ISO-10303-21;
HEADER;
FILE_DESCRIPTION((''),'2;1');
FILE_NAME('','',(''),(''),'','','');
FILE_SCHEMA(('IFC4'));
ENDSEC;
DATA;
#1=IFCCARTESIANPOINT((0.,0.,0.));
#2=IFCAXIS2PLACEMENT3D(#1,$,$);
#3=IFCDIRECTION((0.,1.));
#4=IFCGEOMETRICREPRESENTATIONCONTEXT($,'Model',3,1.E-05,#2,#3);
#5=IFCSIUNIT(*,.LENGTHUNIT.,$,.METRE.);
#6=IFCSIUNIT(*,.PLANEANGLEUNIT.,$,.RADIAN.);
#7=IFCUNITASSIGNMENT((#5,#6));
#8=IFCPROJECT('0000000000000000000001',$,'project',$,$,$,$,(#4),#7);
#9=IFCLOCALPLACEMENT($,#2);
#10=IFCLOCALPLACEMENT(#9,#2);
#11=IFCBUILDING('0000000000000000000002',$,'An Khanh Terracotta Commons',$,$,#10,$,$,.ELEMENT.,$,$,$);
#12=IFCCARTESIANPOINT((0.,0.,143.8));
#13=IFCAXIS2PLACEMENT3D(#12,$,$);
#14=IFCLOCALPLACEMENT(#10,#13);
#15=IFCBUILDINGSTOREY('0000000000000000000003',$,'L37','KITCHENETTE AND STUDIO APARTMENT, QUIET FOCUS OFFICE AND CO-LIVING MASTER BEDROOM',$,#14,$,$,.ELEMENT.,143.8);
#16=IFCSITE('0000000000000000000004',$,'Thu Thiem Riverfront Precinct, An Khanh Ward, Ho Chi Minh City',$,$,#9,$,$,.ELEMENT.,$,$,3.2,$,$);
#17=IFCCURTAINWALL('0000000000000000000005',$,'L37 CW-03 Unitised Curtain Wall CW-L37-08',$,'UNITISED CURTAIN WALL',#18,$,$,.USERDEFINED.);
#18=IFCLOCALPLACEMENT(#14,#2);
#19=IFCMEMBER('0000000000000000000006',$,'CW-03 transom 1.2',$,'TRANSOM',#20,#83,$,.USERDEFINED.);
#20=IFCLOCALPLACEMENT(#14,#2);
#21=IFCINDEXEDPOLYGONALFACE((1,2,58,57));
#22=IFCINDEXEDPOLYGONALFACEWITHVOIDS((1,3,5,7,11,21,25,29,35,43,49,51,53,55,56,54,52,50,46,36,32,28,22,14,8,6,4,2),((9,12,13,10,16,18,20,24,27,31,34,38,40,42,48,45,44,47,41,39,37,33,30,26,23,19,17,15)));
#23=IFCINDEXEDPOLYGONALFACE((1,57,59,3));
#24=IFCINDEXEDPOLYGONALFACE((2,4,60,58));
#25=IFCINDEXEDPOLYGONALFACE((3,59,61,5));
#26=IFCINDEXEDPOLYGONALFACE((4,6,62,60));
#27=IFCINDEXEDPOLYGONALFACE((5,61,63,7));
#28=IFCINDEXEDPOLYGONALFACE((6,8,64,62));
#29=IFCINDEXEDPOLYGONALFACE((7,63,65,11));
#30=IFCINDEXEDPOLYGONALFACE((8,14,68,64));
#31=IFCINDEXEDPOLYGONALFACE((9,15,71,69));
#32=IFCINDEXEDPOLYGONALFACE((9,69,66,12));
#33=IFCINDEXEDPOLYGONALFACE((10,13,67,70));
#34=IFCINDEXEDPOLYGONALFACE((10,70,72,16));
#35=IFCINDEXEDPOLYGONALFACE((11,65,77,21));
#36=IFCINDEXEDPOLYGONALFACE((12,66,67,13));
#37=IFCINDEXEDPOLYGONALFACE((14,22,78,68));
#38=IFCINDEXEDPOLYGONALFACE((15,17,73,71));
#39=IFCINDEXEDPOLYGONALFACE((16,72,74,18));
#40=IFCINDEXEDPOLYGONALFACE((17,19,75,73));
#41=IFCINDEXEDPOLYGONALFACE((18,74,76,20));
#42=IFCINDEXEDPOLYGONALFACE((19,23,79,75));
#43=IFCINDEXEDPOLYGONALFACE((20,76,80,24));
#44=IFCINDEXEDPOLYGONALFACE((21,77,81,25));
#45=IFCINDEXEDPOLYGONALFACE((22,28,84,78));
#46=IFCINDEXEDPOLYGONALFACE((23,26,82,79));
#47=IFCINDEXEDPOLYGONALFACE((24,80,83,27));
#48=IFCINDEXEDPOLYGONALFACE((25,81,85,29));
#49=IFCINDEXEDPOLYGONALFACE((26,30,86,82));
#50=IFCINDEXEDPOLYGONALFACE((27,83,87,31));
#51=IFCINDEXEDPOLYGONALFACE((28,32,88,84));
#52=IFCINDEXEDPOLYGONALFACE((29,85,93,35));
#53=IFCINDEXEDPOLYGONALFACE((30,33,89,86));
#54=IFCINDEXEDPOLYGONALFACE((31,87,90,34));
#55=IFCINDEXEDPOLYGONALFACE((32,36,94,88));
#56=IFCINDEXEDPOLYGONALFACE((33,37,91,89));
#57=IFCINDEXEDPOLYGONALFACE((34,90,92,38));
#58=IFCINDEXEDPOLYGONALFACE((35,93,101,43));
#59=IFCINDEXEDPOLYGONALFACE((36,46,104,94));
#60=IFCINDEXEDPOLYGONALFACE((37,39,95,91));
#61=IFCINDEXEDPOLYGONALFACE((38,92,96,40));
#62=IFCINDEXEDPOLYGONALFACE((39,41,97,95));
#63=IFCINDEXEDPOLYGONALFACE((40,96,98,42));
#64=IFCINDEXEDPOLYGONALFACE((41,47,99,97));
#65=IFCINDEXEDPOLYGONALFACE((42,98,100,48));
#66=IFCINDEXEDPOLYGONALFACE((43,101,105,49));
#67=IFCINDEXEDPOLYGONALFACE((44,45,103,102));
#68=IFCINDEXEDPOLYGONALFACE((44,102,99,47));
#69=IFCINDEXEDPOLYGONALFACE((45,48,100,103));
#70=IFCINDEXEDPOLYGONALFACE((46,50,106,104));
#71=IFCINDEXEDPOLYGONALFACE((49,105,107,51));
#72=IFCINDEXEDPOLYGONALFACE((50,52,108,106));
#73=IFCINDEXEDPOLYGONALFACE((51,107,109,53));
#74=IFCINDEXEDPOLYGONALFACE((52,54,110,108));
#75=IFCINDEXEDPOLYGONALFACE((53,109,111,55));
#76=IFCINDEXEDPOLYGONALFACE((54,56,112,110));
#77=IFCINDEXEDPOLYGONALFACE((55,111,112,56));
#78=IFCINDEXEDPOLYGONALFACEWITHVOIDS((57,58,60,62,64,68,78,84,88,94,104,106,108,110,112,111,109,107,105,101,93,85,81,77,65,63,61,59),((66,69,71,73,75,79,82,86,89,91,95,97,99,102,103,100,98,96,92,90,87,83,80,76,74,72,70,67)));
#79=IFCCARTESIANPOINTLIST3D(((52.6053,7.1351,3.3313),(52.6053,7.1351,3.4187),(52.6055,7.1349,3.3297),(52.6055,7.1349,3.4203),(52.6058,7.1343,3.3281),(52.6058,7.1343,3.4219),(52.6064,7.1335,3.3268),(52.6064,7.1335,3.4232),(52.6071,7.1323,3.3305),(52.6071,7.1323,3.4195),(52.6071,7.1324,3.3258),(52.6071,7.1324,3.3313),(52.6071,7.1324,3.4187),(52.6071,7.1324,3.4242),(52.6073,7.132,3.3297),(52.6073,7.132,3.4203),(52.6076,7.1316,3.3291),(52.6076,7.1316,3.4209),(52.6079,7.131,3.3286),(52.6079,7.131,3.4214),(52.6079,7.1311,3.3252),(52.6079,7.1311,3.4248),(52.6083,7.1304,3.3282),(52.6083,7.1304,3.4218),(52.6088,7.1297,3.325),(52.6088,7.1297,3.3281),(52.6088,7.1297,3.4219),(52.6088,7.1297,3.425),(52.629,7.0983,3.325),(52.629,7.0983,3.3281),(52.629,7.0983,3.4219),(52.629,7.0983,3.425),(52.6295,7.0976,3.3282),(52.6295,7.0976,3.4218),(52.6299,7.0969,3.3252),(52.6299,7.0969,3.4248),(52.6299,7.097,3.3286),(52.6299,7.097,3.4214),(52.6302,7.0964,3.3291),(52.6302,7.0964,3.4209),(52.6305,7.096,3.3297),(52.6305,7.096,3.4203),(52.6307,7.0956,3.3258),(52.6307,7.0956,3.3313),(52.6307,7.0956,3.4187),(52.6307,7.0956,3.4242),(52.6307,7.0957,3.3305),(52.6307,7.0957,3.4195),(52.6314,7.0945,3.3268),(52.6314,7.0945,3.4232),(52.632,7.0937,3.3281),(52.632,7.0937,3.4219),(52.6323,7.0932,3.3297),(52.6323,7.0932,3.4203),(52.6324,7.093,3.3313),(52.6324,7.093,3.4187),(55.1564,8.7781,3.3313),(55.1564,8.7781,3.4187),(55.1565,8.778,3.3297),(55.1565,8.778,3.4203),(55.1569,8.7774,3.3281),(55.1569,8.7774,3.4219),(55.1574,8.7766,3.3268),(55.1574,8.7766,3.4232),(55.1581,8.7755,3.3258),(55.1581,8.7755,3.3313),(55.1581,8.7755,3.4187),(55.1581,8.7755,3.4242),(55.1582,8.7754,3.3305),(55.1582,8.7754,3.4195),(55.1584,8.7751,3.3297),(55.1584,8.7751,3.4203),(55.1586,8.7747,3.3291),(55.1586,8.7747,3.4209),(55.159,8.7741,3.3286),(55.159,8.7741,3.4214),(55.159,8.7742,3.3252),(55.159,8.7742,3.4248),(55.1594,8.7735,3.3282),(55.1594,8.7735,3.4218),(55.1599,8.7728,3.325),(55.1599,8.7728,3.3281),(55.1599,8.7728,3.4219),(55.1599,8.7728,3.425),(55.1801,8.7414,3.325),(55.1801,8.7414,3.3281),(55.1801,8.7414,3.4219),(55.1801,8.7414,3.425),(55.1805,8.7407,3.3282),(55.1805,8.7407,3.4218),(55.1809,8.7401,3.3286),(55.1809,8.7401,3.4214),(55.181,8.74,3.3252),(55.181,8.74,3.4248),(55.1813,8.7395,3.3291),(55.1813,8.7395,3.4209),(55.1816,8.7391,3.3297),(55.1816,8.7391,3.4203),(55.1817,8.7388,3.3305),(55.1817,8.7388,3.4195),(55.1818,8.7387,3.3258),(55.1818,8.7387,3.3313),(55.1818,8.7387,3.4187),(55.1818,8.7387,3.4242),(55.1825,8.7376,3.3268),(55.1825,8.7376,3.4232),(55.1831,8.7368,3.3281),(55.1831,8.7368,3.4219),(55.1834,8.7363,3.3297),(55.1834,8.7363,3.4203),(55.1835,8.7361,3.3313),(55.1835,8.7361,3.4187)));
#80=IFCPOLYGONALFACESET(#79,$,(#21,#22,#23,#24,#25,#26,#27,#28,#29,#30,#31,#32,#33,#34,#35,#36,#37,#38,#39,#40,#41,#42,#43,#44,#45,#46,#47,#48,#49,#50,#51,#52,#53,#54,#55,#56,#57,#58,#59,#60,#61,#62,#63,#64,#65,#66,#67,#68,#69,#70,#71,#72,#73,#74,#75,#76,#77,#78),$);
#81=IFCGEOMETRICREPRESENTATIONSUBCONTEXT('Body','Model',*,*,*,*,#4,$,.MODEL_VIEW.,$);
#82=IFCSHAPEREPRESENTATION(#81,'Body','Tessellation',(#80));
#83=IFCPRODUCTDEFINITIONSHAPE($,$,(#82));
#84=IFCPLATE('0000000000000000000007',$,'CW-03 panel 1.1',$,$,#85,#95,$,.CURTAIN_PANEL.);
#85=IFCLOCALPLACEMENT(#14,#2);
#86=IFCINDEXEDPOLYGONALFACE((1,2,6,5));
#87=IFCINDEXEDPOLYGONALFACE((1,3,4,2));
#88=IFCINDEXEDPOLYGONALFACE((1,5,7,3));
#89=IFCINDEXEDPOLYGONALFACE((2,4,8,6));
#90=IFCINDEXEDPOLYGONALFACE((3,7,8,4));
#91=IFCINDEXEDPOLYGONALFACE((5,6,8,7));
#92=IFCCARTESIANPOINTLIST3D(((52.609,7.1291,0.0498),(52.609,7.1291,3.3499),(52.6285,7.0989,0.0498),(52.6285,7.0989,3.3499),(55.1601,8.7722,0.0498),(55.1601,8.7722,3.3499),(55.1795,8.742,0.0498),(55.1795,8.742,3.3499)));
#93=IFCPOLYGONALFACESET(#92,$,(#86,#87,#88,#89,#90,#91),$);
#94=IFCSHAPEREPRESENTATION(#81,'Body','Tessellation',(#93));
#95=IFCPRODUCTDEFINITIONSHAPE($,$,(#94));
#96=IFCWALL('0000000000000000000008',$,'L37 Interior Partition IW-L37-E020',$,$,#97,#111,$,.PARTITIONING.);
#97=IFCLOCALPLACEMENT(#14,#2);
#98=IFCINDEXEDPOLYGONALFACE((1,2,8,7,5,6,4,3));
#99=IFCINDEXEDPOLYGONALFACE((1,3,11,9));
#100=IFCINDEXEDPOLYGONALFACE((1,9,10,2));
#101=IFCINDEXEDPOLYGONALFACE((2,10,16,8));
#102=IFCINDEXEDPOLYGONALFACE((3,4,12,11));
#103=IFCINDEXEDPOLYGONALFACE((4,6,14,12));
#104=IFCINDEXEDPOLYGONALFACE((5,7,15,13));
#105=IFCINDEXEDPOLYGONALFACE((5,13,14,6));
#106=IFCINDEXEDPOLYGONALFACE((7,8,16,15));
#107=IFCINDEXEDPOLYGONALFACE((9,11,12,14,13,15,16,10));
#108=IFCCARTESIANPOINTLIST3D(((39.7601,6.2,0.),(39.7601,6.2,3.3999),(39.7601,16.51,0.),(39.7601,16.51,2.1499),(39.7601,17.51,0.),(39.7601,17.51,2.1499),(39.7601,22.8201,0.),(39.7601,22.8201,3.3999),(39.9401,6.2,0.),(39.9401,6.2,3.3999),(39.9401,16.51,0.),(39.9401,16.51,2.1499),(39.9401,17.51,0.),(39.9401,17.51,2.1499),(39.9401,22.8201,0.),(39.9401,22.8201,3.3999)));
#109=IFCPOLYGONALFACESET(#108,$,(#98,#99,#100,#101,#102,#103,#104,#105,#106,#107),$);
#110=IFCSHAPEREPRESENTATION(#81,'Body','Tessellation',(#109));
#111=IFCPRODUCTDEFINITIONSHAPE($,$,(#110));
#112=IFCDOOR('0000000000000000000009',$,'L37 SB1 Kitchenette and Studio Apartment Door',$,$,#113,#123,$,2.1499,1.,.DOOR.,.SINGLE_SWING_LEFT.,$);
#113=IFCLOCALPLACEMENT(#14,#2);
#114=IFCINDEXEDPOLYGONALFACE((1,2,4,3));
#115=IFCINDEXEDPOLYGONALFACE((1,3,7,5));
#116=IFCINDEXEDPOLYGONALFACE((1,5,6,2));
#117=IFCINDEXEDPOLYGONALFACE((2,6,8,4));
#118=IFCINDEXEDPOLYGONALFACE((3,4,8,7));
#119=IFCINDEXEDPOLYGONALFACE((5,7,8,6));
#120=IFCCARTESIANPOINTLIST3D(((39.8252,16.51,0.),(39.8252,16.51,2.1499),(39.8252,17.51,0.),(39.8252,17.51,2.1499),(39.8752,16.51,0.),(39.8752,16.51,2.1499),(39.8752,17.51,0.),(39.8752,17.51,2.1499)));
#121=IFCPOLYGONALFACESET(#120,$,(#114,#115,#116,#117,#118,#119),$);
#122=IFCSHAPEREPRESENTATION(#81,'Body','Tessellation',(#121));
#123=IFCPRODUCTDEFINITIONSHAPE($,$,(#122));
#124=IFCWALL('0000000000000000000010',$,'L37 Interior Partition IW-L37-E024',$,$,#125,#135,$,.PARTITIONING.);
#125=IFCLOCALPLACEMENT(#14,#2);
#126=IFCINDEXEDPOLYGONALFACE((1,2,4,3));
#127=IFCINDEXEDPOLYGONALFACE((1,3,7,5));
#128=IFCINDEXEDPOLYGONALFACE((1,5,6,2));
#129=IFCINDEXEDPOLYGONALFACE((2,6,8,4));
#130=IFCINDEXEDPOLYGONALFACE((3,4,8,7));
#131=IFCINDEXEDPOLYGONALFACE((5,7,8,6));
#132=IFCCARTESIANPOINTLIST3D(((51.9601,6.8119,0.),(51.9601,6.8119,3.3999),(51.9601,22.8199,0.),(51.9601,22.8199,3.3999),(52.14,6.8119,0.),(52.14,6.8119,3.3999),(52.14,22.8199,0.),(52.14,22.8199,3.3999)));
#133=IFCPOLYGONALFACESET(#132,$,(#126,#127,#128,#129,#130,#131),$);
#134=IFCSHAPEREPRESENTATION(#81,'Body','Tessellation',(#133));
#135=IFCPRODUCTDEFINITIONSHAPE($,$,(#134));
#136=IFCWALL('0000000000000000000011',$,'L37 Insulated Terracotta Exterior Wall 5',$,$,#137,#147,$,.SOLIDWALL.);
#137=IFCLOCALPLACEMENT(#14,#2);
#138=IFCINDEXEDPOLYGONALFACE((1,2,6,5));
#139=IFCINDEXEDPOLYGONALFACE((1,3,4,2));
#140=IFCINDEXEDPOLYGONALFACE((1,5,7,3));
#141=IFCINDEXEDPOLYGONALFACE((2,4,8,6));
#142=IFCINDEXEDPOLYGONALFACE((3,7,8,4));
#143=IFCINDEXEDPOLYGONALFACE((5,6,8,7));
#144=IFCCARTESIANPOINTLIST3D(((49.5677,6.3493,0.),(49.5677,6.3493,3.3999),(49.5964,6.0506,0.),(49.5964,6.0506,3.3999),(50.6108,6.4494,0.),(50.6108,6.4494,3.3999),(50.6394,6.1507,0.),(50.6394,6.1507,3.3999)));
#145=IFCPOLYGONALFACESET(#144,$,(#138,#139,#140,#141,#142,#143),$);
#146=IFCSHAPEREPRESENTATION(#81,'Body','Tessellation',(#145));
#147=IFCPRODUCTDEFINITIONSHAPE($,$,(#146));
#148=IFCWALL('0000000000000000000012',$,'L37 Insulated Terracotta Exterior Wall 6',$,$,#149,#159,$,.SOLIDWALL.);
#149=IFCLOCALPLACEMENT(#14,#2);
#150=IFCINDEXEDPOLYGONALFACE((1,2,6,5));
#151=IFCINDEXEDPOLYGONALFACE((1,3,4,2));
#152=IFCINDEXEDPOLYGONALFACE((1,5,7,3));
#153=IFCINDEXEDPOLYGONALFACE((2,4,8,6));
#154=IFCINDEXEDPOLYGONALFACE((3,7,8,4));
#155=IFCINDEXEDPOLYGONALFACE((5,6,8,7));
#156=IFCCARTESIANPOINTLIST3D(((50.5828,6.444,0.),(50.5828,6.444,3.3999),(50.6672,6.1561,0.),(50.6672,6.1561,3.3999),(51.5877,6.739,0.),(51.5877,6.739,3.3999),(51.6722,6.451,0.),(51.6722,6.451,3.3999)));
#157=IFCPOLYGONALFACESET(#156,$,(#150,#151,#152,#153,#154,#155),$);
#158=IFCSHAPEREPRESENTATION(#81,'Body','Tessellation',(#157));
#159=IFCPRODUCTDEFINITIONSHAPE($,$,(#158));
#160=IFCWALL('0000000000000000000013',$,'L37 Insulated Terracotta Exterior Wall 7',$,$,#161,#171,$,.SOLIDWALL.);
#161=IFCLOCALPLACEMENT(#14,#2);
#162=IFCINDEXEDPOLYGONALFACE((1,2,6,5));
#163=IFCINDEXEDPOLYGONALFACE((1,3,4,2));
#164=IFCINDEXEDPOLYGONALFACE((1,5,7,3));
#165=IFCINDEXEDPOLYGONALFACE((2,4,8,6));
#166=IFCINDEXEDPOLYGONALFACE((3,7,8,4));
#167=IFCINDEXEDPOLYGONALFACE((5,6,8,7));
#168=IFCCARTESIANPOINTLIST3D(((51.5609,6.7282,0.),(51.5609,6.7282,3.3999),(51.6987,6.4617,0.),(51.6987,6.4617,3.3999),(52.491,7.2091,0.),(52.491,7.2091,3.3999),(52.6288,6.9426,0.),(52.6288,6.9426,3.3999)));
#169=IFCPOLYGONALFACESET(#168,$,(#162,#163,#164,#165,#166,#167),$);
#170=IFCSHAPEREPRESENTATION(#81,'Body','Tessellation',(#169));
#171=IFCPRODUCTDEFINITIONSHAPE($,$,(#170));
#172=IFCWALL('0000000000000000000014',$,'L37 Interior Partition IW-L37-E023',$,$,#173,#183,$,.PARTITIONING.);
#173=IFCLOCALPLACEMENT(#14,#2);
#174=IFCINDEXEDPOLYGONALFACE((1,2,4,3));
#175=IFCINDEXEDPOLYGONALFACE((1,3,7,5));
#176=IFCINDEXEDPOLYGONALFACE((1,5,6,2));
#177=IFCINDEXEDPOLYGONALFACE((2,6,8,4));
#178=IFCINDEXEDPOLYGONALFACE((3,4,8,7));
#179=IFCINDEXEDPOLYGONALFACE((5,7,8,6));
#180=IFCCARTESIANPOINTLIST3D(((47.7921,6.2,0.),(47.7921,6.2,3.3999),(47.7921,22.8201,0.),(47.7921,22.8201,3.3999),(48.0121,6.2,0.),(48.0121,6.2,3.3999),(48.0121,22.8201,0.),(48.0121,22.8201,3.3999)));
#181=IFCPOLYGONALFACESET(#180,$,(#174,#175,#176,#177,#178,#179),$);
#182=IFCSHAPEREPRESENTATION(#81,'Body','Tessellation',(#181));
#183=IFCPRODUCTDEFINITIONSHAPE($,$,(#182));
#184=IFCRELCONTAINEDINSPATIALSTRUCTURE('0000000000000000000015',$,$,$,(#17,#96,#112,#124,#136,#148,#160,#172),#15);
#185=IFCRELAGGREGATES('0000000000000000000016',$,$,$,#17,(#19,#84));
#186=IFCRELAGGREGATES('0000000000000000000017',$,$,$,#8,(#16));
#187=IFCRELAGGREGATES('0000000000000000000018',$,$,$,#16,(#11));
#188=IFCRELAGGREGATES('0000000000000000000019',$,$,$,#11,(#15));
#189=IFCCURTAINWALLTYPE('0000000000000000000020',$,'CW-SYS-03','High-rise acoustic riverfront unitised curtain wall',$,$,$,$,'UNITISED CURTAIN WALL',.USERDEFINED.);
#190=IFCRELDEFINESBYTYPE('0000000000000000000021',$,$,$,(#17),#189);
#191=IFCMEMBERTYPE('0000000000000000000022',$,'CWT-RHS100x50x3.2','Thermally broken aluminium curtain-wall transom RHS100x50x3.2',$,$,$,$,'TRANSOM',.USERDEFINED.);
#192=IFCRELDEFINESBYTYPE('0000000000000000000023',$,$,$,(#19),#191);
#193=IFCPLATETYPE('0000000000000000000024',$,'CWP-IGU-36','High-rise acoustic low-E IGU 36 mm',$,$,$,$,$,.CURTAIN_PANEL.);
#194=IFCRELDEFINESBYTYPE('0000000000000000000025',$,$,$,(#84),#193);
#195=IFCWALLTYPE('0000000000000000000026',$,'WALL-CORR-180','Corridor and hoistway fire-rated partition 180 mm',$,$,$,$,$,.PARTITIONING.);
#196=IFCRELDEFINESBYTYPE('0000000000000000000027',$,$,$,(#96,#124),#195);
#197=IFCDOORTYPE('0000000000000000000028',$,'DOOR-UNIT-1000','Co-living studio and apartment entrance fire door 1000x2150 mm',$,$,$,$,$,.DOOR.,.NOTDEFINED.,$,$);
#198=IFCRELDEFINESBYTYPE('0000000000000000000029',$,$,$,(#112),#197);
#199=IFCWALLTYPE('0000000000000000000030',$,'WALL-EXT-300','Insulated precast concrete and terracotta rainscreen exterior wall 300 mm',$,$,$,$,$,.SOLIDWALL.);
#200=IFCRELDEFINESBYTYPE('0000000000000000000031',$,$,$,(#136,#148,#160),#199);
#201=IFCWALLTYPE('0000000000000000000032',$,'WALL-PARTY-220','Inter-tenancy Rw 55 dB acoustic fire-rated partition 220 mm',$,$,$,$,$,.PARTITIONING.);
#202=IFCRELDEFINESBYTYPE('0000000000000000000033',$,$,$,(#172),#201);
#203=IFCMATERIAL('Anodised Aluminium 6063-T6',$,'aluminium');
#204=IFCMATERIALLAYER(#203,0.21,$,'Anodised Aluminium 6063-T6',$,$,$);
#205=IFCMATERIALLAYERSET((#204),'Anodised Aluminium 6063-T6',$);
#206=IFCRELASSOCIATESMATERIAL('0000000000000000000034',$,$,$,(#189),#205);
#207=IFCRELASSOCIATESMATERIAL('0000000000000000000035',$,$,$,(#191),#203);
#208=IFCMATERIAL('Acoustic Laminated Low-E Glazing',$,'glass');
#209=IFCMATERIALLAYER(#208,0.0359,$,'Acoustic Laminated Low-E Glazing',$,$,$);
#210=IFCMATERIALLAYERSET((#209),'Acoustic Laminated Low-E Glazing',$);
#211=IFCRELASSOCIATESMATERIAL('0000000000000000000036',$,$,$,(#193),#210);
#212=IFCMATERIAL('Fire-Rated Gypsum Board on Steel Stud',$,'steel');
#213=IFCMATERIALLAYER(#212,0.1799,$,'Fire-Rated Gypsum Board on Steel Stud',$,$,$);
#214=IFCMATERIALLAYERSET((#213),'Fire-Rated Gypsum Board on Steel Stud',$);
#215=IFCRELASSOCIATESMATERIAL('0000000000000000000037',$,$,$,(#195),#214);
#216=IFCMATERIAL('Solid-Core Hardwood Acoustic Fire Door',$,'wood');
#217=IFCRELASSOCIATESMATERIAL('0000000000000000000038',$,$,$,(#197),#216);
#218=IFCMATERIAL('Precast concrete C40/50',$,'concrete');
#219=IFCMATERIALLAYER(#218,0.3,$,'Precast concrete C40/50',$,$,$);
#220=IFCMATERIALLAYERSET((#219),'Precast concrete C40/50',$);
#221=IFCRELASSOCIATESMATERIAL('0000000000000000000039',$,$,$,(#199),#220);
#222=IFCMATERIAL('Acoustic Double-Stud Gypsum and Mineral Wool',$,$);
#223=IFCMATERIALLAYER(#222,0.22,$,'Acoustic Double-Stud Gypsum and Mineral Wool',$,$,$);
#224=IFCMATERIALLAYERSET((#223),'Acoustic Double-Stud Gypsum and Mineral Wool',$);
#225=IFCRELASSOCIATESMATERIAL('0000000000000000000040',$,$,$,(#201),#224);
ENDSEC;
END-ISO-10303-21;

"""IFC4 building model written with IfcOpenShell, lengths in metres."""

from ifc_helpers import new_model, si_unit, direction, frame, frame_2d, origin, origin_2d, place, context, subcontext, project, spatial, rectangle, hollow_rectangle, extrude, material, layer, layer_set, material_profile, profile_set, type_object, element, fill, aggregate, save


model = new_model("IFC4")

# Units and contexts
model_context = context("Model", 3, precision=1e-05, world=origin(), true_north=direction((0.0, 1.0)))
body_context = subcontext(model_context, "Body", "Model", "MODEL_VIEW")
ifc_project = project(units=[si_unit("LENGTHUNIT", "METRE"), si_unit("PLANEANGLEUNIT", "RADIAN")], contexts=[model_context])

# Site, building, storey
site_placement = place(None, origin())
site = spatial("IfcSite", under=ifc_project, at=site_placement, Name="Thu Thiem Riverfront Precinct, An Khanh Ward, Ho Chi Minh City", CompositionType="ELEMENT", RefElevation=3.2)
building_placement = place(site_placement, origin())
building = spatial("IfcBuilding", under=site, at=building_placement, Name="An Khanh Terracotta Commons", CompositionType="ELEMENT")
storey_placement = place(building_placement, frame((0.0, 0.0, 143.8)))
storey = spatial("IfcBuildingStorey", under=building, at=storey_placement, Name="L37", Description="KITCHENETTE AND STUDIO APARTMENT, QUIET FOCUS OFFICE AND CO-LIVING MASTER BEDROOM", CompositionType="ELEMENT", Elevation=143.8)

# Curtain wall, member, plate
ifc_material_1 = material(Name="Anodised Aluminium 6063-T6", Category="aluminium")
ifc_layer_1 = layer(ifc_material_1, 0.21, Name="Anodised Aluminium 6063-T6")
ifc_layer_set_1 = layer_set([ifc_layer_1], Name="Anodised Aluminium 6063-T6")
curtain_wall_type = type_object("IfcCurtainWallType", Name="CW-SYS-03", Description="High-rise acoustic riverfront unitised curtain wall", ElementType="UNITISED CURTAIN WALL", PredefinedType="USERDEFINED", material=ifc_layer_set_1)
curtain_wall_placement = place(storey_placement, origin())
curtain_wall = element("IfcCurtainWall", 1, at=curtain_wall_placement, inside=storey, type_object=curtain_wall_type, Name="L37 CW-03 Unitised Curtain Wall CW-L37-08", ObjectType="UNITISED CURTAIN WALL", PredefinedType="USERDEFINED")
ifc_material_profile_1 = material_profile(ifc_material_1, hollow_rectangle(XDim=0.05, YDim=0.1001, WallThickness=0.0032, InnerFilletRadius=0.0032, OuterFilletRadius=0.0063, at=origin_2d()), Name="RHS100x50x3.2")
ifc_profile_set_1 = profile_set([ifc_material_profile_1], Name="Anodised Aluminium 6063-T6")
member_type_1 = type_object("IfcMemberType", Name="CWT-RHS100x50x3.2", Description="Thermally broken aluminium curtain-wall transom RHS100x50x3.2", ElementType="TRANSOM", PredefinedType="USERDEFINED", material=ifc_profile_set_1)
member_1_placement = place(storey_placement, frame((52.6189, 7.114, 3.375), z_axis=(0.84071, 0.541485, 0.0), x_axis=(-0.541485, 0.84071, 0.0)))
member_1 = element("IfcMember", 2, at=member_1_placement, type_object=member_type_1, Name="CW-03 transom 1.2", ObjectType="TRANSOM", PredefinedType="USERDEFINED", context=body_context, shape_type="SweptSolid", body=[
    extrude(hollow_rectangle(XDim=0.05, YDim=0.1001, WallThickness=0.0032, InnerFilletRadius=0.0032, OuterFilletRadius=0.0063, at=origin_2d()), origin(), (0.0, 0.0, 1.0), 3.0344),
])
ifc_material_2 = material(Name="Acoustic Laminated Low-E Glazing", Category="glass")
ifc_layer_2 = layer(ifc_material_2, 0.0359, Name="Acoustic Laminated Low-E Glazing")
ifc_layer_set_2 = layer_set([ifc_layer_2], Name="Acoustic Laminated Low-E Glazing")
plate_type = type_object("IfcPlateType", Name="CWP-IGU-36", Description="High-rise acoustic low-E IGU 36 mm", PredefinedType="CURTAIN_PANEL", material=ifc_layer_set_2)
plate_placement = place(storey_placement, frame((53.8943, 7.9355, 0.0498), z_axis=(0.0, 0.0, 1.0), x_axis=(0.840702, 0.541498, 0.0)))
plate = element("IfcPlate", 3, at=plate_placement, type_object=plate_type, Name="CW-03 panel 1.1", PredefinedType="CURTAIN_PANEL", context=body_context, shape_type="SweptSolid", body=[
    extrude(rectangle(XDim=3.0344, YDim=0.0359, at=origin_2d()), origin(), (0.0, 0.0, 1.0), 3.3),
])
aggregate(curtain_wall, [member_1, plate])

# Wall, opening, door
ifc_material_3 = material(Name="Fire-Rated Gypsum Board on Steel Stud", Category="steel")
ifc_layer_3 = layer(ifc_material_3, 0.1799, Name="Fire-Rated Gypsum Board on Steel Stud")
ifc_layer_set_3 = layer_set([ifc_layer_3], Name="Fire-Rated Gypsum Board on Steel Stud")
wall_type_1 = type_object("IfcWallType", Name="WALL-CORR-180", Description="Corridor and hoistway fire-rated partition 180 mm", PredefinedType="PARTITIONING", material=ifc_layer_set_3)
wall_1_placement = place(storey_placement, frame((39.8501, 6.2, 0.0), z_axis=(0.0, 0.0, 1.0), x_axis=(0.0, 1.0, 0.0)))
wall_1 = element("IfcWall", 4, at=wall_1_placement, inside=storey, type_object=wall_type_1, Name="L37 Interior Partition IW-L37-E020", PredefinedType="PARTITIONING", context=body_context, shape_type="SweptSolid", body=[
    extrude(rectangle(XDim=16.6201, YDim=0.1799, at=frame_2d((8.3101, 0.0))), origin(), (0.0, 0.0, 1.0), 3.3999),
])
opening_1_placement = place(wall_1_placement, frame((10.3101, 0.0, 0.0)))
opening_1 = element("IfcOpeningElement", 5, at=opening_1_placement, cuts=wall_1, PredefinedType="OPENING", context=body_context, shape_type="SweptSolid", body=[
    extrude(rectangle(XDim=1.0, YDim=2.1499, at=frame_2d((0.5, 1.075))), frame((0.0, 0.0999, 0.0), z_axis=(0.0, -1.0, 0.0), x_axis=(1.0, 0.0, 0.0)), (0.0, 0.0, 1.0), 0.2),
])
ifc_material_4 = material(Name="Solid-Core Hardwood Acoustic Fire Door", Category="wood")
door_type_1 = type_object("IfcDoorType", Name="DOOR-UNIT-1000", Description="Co-living studio and apartment entrance fire door 1000x2150 mm", OperationType="NOTDEFINED", PredefinedType="DOOR", material=ifc_material_4)
door_1_placement = place(opening_1_placement, origin())
door_1 = element("IfcDoor", 6, at=door_1_placement, inside=storey, type_object=door_type_1, Name="L37 SB1 Kitchenette and Studio Apartment Door", OperationType="SINGLE_SWING_LEFT", OverallHeight=2.1499, OverallWidth=1.0, PredefinedType="DOOR", context=body_context, shape_type="SweptSolid", body=[
    extrude(rectangle(XDim=1.0, YDim=2.1499, at=frame_2d((0.5, 1.075))), frame((0.0, 0.0249, 0.0), z_axis=(0.0, -1.0, 0.0), x_axis=(1.0, 0.0, 0.0)), (0.0, 0.0, 1.0), 0.05),
])
fill(opening_1, door_1)

# Walls
wall_2_placement = place(storey_placement, frame((52.05, 6.812, 0.0), z_axis=(0.0, 0.0, 1.0), x_axis=(0.0, 1.0, 0.0)))
element("IfcWall", 7, at=wall_2_placement, inside=storey, type_object=wall_type_1, Name="L37 Interior Partition IW-L37-E024", PredefinedType="PARTITIONING", context=body_context, shape_type="SweptSolid", body=[
    extrude(rectangle(XDim=16.0081, YDim=0.1799, at=frame_2d((8.0039, 0.0))), origin(), (0.0, 0.0, 1.0), 3.3999),
])
ifc_material_5 = material(Name="Precast concrete C40/50", Category="concrete")
ifc_layer_4 = layer(ifc_material_5, 0.3, Name="Precast concrete C40/50")
ifc_layer_set_4 = layer_set([ifc_layer_4], Name="Precast concrete C40/50")
wall_type_2 = type_object("IfcWallType", Name="WALL-EXT-300", Description="Insulated precast concrete and terracotta rainscreen exterior wall 300 mm", PredefinedType="SOLIDWALL", material=ifc_layer_set_4)
wall_3_placement = place(storey_placement, frame((49.582, 6.2, 0.0), z_axis=(0.0, 0.0, 1.0), x_axis=(0.995426, 0.095535, 0.0)))
element("IfcWall", 8, at=wall_3_placement, inside=storey, type_object=wall_type_2, Name="L37 Insulated Terracotta Exterior Wall 5", PredefinedType="SOLIDWALL", context=body_context, shape_type="SweptSolid", body=[
    extrude(rectangle(XDim=1.0479, YDim=0.3, at=frame_2d((0.5239, 0.0))), origin(), (0.0, 0.0, 1.0), 3.3999),
])
wall_4_placement = place(storey_placement, frame((50.625, 6.3, 0.0), z_axis=(0.0, 0.0, 1.0), x_axis=(0.959529, 0.281611, 0.0)))
element("IfcWall", 9, at=wall_4_placement, inside=storey, type_object=wall_type_2, Name="L37 Insulated Terracotta Exterior Wall 6", PredefinedType="SOLIDWALL", context=body_context, shape_type="SweptSolid", body=[
    extrude(rectangle(XDim=1.0474, YDim=0.3, at=frame_2d((0.5237, 0.0))), origin(), (0.0, 0.0, 1.0), 3.3999),
])
wall_5_placement = place(storey_placement, frame((51.6299, 6.595, 0.0), z_axis=(0.0, 0.0, 1.0), x_axis=(0.888283, 0.459296, 0.0)))
element("IfcWall", 10, at=wall_5_placement, inside=storey, type_object=wall_type_2, Name="L37 Insulated Terracotta Exterior Wall 7", PredefinedType="SOLIDWALL", context=body_context, shape_type="SweptSolid", body=[
    extrude(rectangle(XDim=1.0471, YDim=0.3, at=frame_2d((0.5234, 0.0))), origin(), (0.0, 0.0, 1.0), 3.3999),
])
ifc_material_6 = material(Name="Acoustic Double-Stud Gypsum and Mineral Wool")
ifc_layer_5 = layer(ifc_material_6, 0.22, Name="Acoustic Double-Stud Gypsum and Mineral Wool")
ifc_layer_set_5 = layer_set([ifc_layer_5], Name="Acoustic Double-Stud Gypsum and Mineral Wool")
wall_type_3 = type_object("IfcWallType", Name="WALL-PARTY-220", Description="Inter-tenancy Rw 55 dB acoustic fire-rated partition 220 mm", PredefinedType="PARTITIONING", material=ifc_layer_set_5)
wall_6_placement = place(storey_placement, frame((47.9021, 6.2, 0.0), z_axis=(0.0, 0.0, 1.0), x_axis=(0.0, 1.0, 0.0)))
element("IfcWall", 11, at=wall_6_placement, inside=storey, type_object=wall_type_3, Name="L37 Interior Partition IW-L37-E023", PredefinedType="PARTITIONING", context=body_context, shape_type="SweptSolid", body=[
    extrude(rectangle(XDim=16.6201, YDim=0.22, at=frame_2d((8.3101, 0.0))), origin(), (0.0, 0.0, 1.0), 3.3999),
])

save(model, "model.ifc")
